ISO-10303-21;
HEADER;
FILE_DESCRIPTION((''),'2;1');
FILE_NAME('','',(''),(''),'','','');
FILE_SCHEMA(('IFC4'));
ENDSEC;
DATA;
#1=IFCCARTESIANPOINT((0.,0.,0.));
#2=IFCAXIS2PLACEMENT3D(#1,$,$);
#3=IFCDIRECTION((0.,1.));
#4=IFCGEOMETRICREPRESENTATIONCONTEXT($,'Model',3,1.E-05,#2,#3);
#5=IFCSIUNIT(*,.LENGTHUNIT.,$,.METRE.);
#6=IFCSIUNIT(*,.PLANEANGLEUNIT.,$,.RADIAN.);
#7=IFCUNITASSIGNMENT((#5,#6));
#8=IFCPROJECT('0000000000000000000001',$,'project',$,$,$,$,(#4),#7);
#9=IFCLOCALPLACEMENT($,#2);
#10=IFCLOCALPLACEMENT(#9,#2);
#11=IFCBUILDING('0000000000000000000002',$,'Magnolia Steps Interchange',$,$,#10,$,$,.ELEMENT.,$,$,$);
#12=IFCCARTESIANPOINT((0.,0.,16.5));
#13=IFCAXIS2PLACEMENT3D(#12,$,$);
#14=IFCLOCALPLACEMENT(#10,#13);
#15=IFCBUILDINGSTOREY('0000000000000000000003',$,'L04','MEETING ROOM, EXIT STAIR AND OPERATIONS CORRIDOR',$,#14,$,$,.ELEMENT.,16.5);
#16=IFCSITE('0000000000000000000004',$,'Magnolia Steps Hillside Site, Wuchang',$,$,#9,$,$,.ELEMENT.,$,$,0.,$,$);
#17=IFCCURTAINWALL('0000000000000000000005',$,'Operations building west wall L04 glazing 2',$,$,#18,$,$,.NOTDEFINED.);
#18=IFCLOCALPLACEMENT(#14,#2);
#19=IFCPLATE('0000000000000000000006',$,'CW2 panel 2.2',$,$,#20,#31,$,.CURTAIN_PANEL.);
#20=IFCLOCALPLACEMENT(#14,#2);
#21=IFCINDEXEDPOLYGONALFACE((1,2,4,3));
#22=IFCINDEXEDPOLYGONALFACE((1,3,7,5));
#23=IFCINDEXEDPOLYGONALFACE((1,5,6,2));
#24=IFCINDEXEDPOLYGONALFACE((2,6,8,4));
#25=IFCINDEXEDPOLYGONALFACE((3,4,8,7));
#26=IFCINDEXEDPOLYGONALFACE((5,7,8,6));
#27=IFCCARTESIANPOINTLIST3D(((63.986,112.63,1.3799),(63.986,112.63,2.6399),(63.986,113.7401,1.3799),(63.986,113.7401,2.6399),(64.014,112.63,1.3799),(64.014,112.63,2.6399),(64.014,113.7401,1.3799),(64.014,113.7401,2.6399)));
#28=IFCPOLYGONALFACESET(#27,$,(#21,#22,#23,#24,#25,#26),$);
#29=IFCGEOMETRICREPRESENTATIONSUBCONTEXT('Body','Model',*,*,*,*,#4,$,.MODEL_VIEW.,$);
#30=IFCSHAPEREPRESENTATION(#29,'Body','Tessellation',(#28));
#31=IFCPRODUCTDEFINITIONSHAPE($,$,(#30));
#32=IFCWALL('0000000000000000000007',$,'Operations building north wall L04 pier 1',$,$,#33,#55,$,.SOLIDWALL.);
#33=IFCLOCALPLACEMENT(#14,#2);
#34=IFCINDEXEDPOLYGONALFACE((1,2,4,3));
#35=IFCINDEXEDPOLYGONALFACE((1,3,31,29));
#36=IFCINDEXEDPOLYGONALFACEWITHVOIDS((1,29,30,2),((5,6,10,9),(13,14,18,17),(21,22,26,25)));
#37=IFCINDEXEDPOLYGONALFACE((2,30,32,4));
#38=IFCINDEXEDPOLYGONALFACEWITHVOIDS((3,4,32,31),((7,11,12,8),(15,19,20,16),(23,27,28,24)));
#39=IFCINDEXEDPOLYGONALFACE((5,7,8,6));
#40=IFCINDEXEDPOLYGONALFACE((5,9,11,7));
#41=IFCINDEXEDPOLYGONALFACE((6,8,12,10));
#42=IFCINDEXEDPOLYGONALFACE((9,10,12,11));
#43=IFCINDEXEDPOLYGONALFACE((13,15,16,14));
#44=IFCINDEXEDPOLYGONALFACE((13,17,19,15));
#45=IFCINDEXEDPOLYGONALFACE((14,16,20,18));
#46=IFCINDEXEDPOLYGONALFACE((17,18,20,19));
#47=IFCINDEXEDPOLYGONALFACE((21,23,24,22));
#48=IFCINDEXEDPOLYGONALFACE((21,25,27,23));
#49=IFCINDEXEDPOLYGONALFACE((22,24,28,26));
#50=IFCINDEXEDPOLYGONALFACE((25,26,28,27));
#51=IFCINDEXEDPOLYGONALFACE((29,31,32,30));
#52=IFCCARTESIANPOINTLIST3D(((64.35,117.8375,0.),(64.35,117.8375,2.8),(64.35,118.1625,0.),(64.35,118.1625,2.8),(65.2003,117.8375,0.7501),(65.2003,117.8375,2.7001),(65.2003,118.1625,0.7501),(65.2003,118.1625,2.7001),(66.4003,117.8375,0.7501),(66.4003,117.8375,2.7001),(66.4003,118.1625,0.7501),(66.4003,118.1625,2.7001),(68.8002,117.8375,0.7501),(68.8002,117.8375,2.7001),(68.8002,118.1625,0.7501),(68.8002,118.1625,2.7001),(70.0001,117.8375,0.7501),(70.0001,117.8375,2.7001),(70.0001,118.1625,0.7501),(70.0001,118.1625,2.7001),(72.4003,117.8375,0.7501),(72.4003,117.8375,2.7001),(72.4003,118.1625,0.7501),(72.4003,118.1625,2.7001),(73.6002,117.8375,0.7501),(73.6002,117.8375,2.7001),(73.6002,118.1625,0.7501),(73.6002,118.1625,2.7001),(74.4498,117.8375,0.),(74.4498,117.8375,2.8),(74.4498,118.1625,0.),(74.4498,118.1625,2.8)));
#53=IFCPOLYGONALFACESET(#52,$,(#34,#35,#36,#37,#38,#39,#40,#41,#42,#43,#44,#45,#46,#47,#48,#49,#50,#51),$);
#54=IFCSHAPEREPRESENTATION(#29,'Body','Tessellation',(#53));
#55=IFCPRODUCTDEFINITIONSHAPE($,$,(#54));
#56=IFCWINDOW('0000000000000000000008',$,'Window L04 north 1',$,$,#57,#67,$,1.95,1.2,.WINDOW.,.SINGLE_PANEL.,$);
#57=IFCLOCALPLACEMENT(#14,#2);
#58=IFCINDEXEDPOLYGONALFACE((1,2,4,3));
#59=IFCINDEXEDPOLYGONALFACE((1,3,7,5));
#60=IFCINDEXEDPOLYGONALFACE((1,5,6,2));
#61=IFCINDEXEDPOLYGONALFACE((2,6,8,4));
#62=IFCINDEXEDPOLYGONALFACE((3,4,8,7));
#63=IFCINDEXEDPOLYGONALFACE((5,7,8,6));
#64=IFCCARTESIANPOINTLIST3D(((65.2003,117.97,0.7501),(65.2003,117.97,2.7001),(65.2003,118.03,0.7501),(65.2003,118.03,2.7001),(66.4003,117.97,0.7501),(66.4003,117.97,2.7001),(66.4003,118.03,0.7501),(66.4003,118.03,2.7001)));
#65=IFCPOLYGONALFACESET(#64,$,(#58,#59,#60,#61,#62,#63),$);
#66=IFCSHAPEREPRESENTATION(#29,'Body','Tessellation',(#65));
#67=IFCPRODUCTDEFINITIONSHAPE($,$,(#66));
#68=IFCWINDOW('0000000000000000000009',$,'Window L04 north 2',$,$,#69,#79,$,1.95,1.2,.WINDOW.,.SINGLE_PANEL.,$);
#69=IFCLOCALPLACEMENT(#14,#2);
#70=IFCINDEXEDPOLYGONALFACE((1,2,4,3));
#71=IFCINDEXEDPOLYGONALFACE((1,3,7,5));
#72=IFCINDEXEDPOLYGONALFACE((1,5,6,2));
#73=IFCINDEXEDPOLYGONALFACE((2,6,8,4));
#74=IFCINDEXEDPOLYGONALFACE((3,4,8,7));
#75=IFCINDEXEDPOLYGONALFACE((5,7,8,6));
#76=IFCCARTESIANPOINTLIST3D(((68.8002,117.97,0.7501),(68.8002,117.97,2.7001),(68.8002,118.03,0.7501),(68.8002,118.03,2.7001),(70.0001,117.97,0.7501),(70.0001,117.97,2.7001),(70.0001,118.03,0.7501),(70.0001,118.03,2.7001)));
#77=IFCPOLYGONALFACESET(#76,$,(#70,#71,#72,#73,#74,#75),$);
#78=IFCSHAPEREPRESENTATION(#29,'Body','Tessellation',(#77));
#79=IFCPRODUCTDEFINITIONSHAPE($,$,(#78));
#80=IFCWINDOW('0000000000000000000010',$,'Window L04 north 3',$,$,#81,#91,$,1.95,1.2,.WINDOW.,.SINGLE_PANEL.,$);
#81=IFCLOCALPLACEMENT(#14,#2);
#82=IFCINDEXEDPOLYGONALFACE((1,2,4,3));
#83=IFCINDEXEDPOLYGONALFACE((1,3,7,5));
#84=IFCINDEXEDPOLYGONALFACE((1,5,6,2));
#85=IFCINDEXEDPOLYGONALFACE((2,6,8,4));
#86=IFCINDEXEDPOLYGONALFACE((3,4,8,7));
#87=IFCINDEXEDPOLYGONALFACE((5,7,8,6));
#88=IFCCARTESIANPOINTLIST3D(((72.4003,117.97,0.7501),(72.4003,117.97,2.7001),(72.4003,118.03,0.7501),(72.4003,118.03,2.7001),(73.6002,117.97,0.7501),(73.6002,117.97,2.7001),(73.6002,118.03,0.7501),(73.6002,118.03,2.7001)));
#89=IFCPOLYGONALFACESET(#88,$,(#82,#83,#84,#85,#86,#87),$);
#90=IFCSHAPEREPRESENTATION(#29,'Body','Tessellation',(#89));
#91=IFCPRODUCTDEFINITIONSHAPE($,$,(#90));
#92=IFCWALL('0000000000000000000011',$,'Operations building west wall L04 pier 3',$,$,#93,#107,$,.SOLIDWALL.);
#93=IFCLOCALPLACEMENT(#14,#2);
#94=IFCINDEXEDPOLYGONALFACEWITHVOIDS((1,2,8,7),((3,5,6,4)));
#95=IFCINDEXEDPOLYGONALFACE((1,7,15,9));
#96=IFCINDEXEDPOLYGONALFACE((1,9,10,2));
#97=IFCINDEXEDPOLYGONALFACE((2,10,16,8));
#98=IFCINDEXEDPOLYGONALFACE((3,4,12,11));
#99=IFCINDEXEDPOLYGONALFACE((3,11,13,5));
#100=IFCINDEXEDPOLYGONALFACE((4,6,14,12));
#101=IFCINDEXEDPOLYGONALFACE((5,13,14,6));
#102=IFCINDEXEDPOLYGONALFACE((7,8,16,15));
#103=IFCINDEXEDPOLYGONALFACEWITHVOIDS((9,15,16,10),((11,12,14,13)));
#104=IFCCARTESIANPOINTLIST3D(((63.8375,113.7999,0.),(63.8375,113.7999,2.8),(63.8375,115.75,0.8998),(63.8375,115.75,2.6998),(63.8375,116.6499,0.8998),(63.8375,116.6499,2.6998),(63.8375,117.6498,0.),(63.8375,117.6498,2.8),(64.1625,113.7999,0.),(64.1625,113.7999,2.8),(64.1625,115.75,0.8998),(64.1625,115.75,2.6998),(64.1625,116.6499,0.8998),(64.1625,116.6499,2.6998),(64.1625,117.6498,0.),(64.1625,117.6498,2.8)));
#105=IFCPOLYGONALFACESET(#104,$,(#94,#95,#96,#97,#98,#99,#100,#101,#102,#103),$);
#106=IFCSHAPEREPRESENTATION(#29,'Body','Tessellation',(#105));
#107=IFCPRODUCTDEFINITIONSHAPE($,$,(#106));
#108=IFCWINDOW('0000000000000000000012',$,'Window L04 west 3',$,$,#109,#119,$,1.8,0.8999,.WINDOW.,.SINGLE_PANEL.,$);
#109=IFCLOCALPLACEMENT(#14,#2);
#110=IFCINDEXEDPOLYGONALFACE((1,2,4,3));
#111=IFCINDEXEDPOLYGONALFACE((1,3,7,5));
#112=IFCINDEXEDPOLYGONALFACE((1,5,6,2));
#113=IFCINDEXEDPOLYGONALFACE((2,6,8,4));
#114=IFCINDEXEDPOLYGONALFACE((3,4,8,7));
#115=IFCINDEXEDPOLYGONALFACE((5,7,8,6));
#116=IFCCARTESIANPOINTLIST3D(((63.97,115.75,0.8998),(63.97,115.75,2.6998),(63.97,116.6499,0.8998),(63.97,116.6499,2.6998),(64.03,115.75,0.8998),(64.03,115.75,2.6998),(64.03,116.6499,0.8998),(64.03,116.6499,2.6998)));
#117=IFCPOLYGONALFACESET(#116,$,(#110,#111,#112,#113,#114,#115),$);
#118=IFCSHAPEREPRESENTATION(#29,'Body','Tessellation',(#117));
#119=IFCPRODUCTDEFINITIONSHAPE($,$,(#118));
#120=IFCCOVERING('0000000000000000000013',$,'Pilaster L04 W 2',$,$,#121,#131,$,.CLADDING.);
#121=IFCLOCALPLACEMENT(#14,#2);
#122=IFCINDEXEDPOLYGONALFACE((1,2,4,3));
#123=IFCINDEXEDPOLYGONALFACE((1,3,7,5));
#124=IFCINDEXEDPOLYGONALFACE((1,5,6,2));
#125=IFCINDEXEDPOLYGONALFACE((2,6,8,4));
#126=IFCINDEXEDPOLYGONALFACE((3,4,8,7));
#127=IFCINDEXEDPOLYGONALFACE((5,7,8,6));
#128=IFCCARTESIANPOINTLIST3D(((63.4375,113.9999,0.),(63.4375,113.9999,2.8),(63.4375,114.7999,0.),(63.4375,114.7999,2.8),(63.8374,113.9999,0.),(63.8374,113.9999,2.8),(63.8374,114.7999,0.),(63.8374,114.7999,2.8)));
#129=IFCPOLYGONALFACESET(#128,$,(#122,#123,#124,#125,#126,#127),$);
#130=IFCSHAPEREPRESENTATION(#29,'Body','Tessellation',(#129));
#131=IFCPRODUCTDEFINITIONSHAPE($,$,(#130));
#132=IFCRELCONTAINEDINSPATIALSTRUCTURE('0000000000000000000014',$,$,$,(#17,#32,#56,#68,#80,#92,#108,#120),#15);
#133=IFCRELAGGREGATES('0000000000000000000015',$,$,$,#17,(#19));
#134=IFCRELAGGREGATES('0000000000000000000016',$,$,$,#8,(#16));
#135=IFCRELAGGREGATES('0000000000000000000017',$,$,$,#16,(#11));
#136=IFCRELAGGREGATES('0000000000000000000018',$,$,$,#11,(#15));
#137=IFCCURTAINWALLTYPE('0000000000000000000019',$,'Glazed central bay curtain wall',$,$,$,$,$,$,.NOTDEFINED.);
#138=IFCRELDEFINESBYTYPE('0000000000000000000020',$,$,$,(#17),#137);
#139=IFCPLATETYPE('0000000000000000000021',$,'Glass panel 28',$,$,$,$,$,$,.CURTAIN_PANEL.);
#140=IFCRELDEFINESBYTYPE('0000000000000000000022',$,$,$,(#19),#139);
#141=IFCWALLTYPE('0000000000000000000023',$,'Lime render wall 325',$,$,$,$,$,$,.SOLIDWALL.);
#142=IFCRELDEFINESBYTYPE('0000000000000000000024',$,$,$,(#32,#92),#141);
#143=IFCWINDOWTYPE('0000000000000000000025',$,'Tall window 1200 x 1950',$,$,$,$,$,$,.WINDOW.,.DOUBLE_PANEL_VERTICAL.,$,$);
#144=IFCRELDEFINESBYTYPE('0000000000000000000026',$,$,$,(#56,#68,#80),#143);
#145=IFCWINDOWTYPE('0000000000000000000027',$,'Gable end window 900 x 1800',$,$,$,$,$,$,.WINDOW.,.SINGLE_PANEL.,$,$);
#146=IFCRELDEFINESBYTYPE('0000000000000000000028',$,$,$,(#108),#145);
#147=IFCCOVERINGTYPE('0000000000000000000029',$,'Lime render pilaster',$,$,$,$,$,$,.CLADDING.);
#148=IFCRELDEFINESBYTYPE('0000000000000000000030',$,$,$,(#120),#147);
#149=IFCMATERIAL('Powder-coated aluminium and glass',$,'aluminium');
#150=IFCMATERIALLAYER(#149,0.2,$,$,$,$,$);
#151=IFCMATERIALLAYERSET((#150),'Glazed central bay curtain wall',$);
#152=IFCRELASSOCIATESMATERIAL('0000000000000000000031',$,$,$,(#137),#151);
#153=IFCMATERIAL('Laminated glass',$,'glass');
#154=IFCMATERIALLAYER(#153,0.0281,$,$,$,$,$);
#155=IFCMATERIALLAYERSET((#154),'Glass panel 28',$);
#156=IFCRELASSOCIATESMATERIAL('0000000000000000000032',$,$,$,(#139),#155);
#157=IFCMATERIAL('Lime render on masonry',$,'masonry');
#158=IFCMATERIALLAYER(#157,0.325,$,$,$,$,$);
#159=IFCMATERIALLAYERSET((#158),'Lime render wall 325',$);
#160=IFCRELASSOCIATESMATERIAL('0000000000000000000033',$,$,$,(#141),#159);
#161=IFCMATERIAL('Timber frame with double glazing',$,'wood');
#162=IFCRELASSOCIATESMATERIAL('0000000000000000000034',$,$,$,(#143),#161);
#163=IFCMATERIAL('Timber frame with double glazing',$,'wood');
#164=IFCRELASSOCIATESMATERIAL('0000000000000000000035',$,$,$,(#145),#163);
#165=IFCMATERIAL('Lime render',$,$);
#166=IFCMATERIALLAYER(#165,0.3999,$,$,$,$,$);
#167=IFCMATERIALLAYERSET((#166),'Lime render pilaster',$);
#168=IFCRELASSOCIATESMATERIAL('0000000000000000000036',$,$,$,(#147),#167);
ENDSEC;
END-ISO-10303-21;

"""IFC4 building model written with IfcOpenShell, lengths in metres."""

from ifc_helpers import new_model, si_unit, direction, frame, frame_2d, origin, origin_2d, place, context, subcontext, project, spatial, rectangle, extrude, material, layer, layer_set, type_object, element, fill, aggregate, save


model = new_model("IFC4")

# Units and contexts
model_context = context("Model", 3, precision=1e-05, world=origin(), true_north=direction((0.0, 1.0)))
body_context = subcontext(model_context, "Body", "Model", "MODEL_VIEW")
ifc_project = project(units=[si_unit("LENGTHUNIT", "METRE"), si_unit("PLANEANGLEUNIT", "RADIAN")], contexts=[model_context])

# Site, building, storey
site_placement = place(None, origin())
site = spatial("IfcSite", under=ifc_project, at=site_placement, Name="Magnolia Steps Hillside Site, Wuchang", CompositionType="ELEMENT", RefElevation=0.0)
building_placement = place(site_placement, origin())
building = spatial("IfcBuilding", under=site, at=building_placement, Name="Magnolia Steps Interchange", CompositionType="ELEMENT")
storey_placement = place(building_placement, frame((0.0, 0.0, 16.5)))
storey = spatial("IfcBuildingStorey", under=building, at=storey_placement, Name="L04", Description="MEETING ROOM, EXIT STAIR AND OPERATIONS CORRIDOR", CompositionType="ELEMENT", Elevation=16.5)

# Curtain wall
ifc_material_1 = material(Name="Powder-coated aluminium and glass", Category="aluminium")
ifc_layer_1 = layer(ifc_material_1, 0.2)
ifc_layer_set_1 = layer_set([ifc_layer_1], Name="Glazed central bay curtain wall")
curtain_wall_type = type_object("IfcCurtainWallType", Name="Glazed central bay curtain wall", PredefinedType="NOTDEFINED", material=ifc_layer_set_1)
curtain_wall_placement = place(storey_placement, origin())
curtain_wall = element("IfcCurtainWall", 1, at=curtain_wall_placement, inside=storey, type_object=curtain_wall_type, Name="Operations building west wall L04 glazing 2", PredefinedType="NOTDEFINED")

# Plate
ifc_material_2 = material(Name="Laminated glass", Category="glass")
ifc_layer_2 = layer(ifc_material_2, 0.0281)
ifc_layer_set_2 = layer_set([ifc_layer_2], Name="Glass panel 28")
plate_type = type_object("IfcPlateType", Name="Glass panel 28", PredefinedType="CURTAIN_PANEL", material=ifc_layer_set_2)
plate_1_placement = place(storey_placement, frame((64.0, 113.1851, 1.3799), z_axis=(0.0, 0.0, 1.0), x_axis=(0.0, 1.0, 0.0)))
plate_1 = element("IfcPlate", 2, at=plate_1_placement, type_object=plate_type, Name="CW2 panel 2.2", PredefinedType="CURTAIN_PANEL", context=body_context, shape_type="SweptSolid", body=[
    extrude(rectangle(XDim=1.1101, YDim=0.0281, at=origin_2d()), origin(), (0.0, 0.0, 1.0), 1.26),
])
aggregate(curtain_wall, [plate_1])

# Wall, openings, windows
ifc_material_3 = material(Name="Lime render on masonry", Category="masonry")
ifc_layer_3 = layer(ifc_material_3, 0.325)
ifc_layer_set_3 = layer_set([ifc_layer_3], Name="Lime render wall 325")
wall_type = type_object("IfcWallType", Name="Lime render wall 325", PredefinedType="SOLIDWALL", material=ifc_layer_set_3)
wall_1_placement = place(storey_placement, frame((64.3501, 118.0, 0.0), z_axis=(0.0, 0.0, 1.0), x_axis=(1.0, 0.0, 0.0)))
wall_1 = element("IfcWall", 3, at=wall_1_placement, inside=storey, type_object=wall_type, Name="Operations building north wall L04 pier 1", PredefinedType="SOLIDWALL", context=body_context, shape_type="SweptSolid", body=[
    extrude(rectangle(XDim=10.0999, YDim=0.325, at=frame_2d((5.0498, 0.0))), origin(), (0.0, 0.0, 1.0), 2.8),
])
opening_1_placement = place(wall_1_placement, frame((0.8501, 0.0, 0.75)))
opening_1 = element("IfcOpeningElement", 4, at=opening_1_placement, cuts=wall_1, PredefinedType="OPENING", context=body_context, shape_type="SweptSolid", body=[
    extrude(rectangle(XDim=1.2, YDim=1.95, at=frame_2d((0.6001, 0.9751))), frame((0.0, 0.1724, 0.0), z_axis=(0.0, -1.0, 0.0), x_axis=(1.0, 0.0, 0.0)), (0.0, 0.0, 1.0), 0.345),
])
opening_2_placement = place(wall_1_placement, frame((4.45, 0.0, 0.75)))
opening_2 = element("IfcOpeningElement", 5, at=opening_2_placement, cuts=wall_1, PredefinedType="OPENING", context=body_context, shape_type="SweptSolid", body=[
    extrude(rectangle(XDim=1.2, YDim=1.95, at=frame_2d((0.6001, 0.9751))), frame((0.0, 0.1724, 0.0), z_axis=(0.0, -1.0, 0.0), x_axis=(1.0, 0.0, 0.0)), (0.0, 0.0, 1.0), 0.345),
])
opening_3_placement = place(wall_1_placement, frame((8.05, 0.0, 0.75)))
opening_3 = element("IfcOpeningElement", 6, at=opening_3_placement, cuts=wall_1, PredefinedType="OPENING", context=body_context, shape_type="SweptSolid", body=[
    extrude(rectangle(XDim=1.2, YDim=1.95, at=frame_2d((0.6001, 0.9751))), frame((0.0, 0.1724, 0.0), z_axis=(0.0, -1.0, 0.0), x_axis=(1.0, 0.0, 0.0)), (0.0, 0.0, 1.0), 0.345),
])
ifc_material_4 = material(Name="Timber frame with double glazing", Category="wood")
window_type_1 = type_object("IfcWindowType", Name="Tall window 1200 x 1950", PartitioningType="DOUBLE_PANEL_VERTICAL", PredefinedType="WINDOW", material=ifc_material_4)
window_1_placement = place(opening_1_placement, origin())
window_1 = element("IfcWindow", 7, at=window_1_placement, inside=storey, type_object=window_type_1, Name="Window L04 north 1", OverallHeight=1.95, OverallWidth=1.2, PartitioningType="SINGLE_PANEL", PredefinedType="WINDOW", context=body_context, shape_type="SweptSolid", body=[
    extrude(rectangle(XDim=1.2, YDim=1.95, at=frame_2d((0.6001, 0.9751))), frame((0.0, 0.03, 0.0), z_axis=(0.0, -1.0, 0.0), x_axis=(1.0, 0.0, 0.0)), (0.0, 0.0, 1.0), 0.0601),
])
fill(opening_1, window_1)
window_2_placement = place(opening_2_placement, origin())
window_2 = element("IfcWindow", 8, at=window_2_placement, inside=storey, type_object=window_type_1, Name="Window L04 north 2", OverallHeight=1.95, OverallWidth=1.2, PartitioningType="SINGLE_PANEL", PredefinedType="WINDOW", context=body_context, shape_type="SweptSolid", body=[
    extrude(rectangle(XDim=1.2, YDim=1.95, at=frame_2d((0.6001, 0.9751))), frame((0.0, 0.03, 0.0), z_axis=(0.0, -1.0, 0.0), x_axis=(1.0, 0.0, 0.0)), (0.0, 0.0, 1.0), 0.0601),
])
fill(opening_2, window_2)
window_3_placement = place(opening_3_placement, origin())
window_3 = element("IfcWindow", 9, at=window_3_placement, inside=storey, type_object=window_type_1, Name="Window L04 north 3", OverallHeight=1.95, OverallWidth=1.2, PartitioningType="SINGLE_PANEL", PredefinedType="WINDOW", context=body_context, shape_type="SweptSolid", body=[
    extrude(rectangle(XDim=1.2, YDim=1.95, at=frame_2d((0.6001, 0.9751))), frame((0.0, 0.03, 0.0), z_axis=(0.0, -1.0, 0.0), x_axis=(1.0, 0.0, 0.0)), (0.0, 0.0, 1.0), 0.0601),
])
fill(opening_3, window_3)

# Wall, opening, window
wall_2_placement = place(storey_placement, frame((64.0, 113.8, 0.0), z_axis=(0.0, 0.0, 1.0), x_axis=(0.0, 1.0, 0.0)))
wall_2 = element("IfcWall", 10, at=wall_2_placement, inside=storey, type_object=wall_type, Name="Operations building west wall L04 pier 3", PredefinedType="SOLIDWALL", context=body_context, shape_type="SweptSolid", body=[
    extrude(rectangle(XDim=3.8499, YDim=0.325, at=frame_2d((1.9248, 0.0))), origin(), (0.0, 0.0, 1.0), 2.8),
])
opening_4_placement = place(wall_2_placement, frame((1.95, 0.0, 0.8999)))
opening_4 = element("IfcOpeningElement", 11, at=opening_4_placement, cuts=wall_2, PredefinedType="OPENING", context=body_context, shape_type="SweptSolid", body=[
    extrude(rectangle(XDim=0.8999, YDim=1.8, at=frame_2d((0.45, 0.8999))), frame((0.0, 0.1724, 0.0), z_axis=(0.0, -1.0, 0.0), x_axis=(1.0, 0.0, 0.0)), (0.0, 0.0, 1.0), 0.345),
])
ifc_material_5 = material(Name="Timber frame with double glazing", Category="wood")
window_type_2 = type_object("IfcWindowType", Name="Gable end window 900 x 1800", PartitioningType="SINGLE_PANEL", PredefinedType="WINDOW", material=ifc_material_5)
window_4_placement = place(opening_4_placement, origin())
window_4 = element("IfcWindow", 12, at=window_4_placement, inside=storey, type_object=window_type_2, Name="Window L04 west 3", OverallHeight=1.8, OverallWidth=0.8999, PartitioningType="SINGLE_PANEL", PredefinedType="WINDOW", context=body_context, shape_type="SweptSolid", body=[
    extrude(rectangle(XDim=0.8999, YDim=1.8, at=frame_2d((0.45, 0.8999))), frame((0.0, 0.03, 0.0), z_axis=(0.0, -1.0, 0.0), x_axis=(1.0, 0.0, 0.0)), (0.0, 0.0, 1.0), 0.0601),
])
fill(opening_4, window_4)

# Covering
ifc_material_6 = material(Name="Lime render")
ifc_layer_4 = layer(ifc_material_6, 0.3999)
ifc_layer_set_4 = layer_set([ifc_layer_4], Name="Lime render pilaster")
covering_type_1 = type_object("IfcCoveringType", Name="Lime render pilaster", PredefinedType="CLADDING", material=ifc_layer_set_4)
covering_1_placement = place(storey_placement, frame((63.6375, 114.3999, 0.0), z_axis=(0.0, 0.0, 1.0), x_axis=(1.0, 0.0, 0.0)))
element("IfcCovering", 13, at=covering_1_placement, inside=storey, type_object=covering_type_1, Name="Pilaster L04 W 2", PredefinedType="CLADDING", context=body_context, shape_type="SweptSolid", body=[
    extrude(rectangle(XDim=0.3999, YDim=0.8, at=origin_2d()), origin(), (0.0, 0.0, 1.0), 2.8),
])

save(model, "model.ifc")
